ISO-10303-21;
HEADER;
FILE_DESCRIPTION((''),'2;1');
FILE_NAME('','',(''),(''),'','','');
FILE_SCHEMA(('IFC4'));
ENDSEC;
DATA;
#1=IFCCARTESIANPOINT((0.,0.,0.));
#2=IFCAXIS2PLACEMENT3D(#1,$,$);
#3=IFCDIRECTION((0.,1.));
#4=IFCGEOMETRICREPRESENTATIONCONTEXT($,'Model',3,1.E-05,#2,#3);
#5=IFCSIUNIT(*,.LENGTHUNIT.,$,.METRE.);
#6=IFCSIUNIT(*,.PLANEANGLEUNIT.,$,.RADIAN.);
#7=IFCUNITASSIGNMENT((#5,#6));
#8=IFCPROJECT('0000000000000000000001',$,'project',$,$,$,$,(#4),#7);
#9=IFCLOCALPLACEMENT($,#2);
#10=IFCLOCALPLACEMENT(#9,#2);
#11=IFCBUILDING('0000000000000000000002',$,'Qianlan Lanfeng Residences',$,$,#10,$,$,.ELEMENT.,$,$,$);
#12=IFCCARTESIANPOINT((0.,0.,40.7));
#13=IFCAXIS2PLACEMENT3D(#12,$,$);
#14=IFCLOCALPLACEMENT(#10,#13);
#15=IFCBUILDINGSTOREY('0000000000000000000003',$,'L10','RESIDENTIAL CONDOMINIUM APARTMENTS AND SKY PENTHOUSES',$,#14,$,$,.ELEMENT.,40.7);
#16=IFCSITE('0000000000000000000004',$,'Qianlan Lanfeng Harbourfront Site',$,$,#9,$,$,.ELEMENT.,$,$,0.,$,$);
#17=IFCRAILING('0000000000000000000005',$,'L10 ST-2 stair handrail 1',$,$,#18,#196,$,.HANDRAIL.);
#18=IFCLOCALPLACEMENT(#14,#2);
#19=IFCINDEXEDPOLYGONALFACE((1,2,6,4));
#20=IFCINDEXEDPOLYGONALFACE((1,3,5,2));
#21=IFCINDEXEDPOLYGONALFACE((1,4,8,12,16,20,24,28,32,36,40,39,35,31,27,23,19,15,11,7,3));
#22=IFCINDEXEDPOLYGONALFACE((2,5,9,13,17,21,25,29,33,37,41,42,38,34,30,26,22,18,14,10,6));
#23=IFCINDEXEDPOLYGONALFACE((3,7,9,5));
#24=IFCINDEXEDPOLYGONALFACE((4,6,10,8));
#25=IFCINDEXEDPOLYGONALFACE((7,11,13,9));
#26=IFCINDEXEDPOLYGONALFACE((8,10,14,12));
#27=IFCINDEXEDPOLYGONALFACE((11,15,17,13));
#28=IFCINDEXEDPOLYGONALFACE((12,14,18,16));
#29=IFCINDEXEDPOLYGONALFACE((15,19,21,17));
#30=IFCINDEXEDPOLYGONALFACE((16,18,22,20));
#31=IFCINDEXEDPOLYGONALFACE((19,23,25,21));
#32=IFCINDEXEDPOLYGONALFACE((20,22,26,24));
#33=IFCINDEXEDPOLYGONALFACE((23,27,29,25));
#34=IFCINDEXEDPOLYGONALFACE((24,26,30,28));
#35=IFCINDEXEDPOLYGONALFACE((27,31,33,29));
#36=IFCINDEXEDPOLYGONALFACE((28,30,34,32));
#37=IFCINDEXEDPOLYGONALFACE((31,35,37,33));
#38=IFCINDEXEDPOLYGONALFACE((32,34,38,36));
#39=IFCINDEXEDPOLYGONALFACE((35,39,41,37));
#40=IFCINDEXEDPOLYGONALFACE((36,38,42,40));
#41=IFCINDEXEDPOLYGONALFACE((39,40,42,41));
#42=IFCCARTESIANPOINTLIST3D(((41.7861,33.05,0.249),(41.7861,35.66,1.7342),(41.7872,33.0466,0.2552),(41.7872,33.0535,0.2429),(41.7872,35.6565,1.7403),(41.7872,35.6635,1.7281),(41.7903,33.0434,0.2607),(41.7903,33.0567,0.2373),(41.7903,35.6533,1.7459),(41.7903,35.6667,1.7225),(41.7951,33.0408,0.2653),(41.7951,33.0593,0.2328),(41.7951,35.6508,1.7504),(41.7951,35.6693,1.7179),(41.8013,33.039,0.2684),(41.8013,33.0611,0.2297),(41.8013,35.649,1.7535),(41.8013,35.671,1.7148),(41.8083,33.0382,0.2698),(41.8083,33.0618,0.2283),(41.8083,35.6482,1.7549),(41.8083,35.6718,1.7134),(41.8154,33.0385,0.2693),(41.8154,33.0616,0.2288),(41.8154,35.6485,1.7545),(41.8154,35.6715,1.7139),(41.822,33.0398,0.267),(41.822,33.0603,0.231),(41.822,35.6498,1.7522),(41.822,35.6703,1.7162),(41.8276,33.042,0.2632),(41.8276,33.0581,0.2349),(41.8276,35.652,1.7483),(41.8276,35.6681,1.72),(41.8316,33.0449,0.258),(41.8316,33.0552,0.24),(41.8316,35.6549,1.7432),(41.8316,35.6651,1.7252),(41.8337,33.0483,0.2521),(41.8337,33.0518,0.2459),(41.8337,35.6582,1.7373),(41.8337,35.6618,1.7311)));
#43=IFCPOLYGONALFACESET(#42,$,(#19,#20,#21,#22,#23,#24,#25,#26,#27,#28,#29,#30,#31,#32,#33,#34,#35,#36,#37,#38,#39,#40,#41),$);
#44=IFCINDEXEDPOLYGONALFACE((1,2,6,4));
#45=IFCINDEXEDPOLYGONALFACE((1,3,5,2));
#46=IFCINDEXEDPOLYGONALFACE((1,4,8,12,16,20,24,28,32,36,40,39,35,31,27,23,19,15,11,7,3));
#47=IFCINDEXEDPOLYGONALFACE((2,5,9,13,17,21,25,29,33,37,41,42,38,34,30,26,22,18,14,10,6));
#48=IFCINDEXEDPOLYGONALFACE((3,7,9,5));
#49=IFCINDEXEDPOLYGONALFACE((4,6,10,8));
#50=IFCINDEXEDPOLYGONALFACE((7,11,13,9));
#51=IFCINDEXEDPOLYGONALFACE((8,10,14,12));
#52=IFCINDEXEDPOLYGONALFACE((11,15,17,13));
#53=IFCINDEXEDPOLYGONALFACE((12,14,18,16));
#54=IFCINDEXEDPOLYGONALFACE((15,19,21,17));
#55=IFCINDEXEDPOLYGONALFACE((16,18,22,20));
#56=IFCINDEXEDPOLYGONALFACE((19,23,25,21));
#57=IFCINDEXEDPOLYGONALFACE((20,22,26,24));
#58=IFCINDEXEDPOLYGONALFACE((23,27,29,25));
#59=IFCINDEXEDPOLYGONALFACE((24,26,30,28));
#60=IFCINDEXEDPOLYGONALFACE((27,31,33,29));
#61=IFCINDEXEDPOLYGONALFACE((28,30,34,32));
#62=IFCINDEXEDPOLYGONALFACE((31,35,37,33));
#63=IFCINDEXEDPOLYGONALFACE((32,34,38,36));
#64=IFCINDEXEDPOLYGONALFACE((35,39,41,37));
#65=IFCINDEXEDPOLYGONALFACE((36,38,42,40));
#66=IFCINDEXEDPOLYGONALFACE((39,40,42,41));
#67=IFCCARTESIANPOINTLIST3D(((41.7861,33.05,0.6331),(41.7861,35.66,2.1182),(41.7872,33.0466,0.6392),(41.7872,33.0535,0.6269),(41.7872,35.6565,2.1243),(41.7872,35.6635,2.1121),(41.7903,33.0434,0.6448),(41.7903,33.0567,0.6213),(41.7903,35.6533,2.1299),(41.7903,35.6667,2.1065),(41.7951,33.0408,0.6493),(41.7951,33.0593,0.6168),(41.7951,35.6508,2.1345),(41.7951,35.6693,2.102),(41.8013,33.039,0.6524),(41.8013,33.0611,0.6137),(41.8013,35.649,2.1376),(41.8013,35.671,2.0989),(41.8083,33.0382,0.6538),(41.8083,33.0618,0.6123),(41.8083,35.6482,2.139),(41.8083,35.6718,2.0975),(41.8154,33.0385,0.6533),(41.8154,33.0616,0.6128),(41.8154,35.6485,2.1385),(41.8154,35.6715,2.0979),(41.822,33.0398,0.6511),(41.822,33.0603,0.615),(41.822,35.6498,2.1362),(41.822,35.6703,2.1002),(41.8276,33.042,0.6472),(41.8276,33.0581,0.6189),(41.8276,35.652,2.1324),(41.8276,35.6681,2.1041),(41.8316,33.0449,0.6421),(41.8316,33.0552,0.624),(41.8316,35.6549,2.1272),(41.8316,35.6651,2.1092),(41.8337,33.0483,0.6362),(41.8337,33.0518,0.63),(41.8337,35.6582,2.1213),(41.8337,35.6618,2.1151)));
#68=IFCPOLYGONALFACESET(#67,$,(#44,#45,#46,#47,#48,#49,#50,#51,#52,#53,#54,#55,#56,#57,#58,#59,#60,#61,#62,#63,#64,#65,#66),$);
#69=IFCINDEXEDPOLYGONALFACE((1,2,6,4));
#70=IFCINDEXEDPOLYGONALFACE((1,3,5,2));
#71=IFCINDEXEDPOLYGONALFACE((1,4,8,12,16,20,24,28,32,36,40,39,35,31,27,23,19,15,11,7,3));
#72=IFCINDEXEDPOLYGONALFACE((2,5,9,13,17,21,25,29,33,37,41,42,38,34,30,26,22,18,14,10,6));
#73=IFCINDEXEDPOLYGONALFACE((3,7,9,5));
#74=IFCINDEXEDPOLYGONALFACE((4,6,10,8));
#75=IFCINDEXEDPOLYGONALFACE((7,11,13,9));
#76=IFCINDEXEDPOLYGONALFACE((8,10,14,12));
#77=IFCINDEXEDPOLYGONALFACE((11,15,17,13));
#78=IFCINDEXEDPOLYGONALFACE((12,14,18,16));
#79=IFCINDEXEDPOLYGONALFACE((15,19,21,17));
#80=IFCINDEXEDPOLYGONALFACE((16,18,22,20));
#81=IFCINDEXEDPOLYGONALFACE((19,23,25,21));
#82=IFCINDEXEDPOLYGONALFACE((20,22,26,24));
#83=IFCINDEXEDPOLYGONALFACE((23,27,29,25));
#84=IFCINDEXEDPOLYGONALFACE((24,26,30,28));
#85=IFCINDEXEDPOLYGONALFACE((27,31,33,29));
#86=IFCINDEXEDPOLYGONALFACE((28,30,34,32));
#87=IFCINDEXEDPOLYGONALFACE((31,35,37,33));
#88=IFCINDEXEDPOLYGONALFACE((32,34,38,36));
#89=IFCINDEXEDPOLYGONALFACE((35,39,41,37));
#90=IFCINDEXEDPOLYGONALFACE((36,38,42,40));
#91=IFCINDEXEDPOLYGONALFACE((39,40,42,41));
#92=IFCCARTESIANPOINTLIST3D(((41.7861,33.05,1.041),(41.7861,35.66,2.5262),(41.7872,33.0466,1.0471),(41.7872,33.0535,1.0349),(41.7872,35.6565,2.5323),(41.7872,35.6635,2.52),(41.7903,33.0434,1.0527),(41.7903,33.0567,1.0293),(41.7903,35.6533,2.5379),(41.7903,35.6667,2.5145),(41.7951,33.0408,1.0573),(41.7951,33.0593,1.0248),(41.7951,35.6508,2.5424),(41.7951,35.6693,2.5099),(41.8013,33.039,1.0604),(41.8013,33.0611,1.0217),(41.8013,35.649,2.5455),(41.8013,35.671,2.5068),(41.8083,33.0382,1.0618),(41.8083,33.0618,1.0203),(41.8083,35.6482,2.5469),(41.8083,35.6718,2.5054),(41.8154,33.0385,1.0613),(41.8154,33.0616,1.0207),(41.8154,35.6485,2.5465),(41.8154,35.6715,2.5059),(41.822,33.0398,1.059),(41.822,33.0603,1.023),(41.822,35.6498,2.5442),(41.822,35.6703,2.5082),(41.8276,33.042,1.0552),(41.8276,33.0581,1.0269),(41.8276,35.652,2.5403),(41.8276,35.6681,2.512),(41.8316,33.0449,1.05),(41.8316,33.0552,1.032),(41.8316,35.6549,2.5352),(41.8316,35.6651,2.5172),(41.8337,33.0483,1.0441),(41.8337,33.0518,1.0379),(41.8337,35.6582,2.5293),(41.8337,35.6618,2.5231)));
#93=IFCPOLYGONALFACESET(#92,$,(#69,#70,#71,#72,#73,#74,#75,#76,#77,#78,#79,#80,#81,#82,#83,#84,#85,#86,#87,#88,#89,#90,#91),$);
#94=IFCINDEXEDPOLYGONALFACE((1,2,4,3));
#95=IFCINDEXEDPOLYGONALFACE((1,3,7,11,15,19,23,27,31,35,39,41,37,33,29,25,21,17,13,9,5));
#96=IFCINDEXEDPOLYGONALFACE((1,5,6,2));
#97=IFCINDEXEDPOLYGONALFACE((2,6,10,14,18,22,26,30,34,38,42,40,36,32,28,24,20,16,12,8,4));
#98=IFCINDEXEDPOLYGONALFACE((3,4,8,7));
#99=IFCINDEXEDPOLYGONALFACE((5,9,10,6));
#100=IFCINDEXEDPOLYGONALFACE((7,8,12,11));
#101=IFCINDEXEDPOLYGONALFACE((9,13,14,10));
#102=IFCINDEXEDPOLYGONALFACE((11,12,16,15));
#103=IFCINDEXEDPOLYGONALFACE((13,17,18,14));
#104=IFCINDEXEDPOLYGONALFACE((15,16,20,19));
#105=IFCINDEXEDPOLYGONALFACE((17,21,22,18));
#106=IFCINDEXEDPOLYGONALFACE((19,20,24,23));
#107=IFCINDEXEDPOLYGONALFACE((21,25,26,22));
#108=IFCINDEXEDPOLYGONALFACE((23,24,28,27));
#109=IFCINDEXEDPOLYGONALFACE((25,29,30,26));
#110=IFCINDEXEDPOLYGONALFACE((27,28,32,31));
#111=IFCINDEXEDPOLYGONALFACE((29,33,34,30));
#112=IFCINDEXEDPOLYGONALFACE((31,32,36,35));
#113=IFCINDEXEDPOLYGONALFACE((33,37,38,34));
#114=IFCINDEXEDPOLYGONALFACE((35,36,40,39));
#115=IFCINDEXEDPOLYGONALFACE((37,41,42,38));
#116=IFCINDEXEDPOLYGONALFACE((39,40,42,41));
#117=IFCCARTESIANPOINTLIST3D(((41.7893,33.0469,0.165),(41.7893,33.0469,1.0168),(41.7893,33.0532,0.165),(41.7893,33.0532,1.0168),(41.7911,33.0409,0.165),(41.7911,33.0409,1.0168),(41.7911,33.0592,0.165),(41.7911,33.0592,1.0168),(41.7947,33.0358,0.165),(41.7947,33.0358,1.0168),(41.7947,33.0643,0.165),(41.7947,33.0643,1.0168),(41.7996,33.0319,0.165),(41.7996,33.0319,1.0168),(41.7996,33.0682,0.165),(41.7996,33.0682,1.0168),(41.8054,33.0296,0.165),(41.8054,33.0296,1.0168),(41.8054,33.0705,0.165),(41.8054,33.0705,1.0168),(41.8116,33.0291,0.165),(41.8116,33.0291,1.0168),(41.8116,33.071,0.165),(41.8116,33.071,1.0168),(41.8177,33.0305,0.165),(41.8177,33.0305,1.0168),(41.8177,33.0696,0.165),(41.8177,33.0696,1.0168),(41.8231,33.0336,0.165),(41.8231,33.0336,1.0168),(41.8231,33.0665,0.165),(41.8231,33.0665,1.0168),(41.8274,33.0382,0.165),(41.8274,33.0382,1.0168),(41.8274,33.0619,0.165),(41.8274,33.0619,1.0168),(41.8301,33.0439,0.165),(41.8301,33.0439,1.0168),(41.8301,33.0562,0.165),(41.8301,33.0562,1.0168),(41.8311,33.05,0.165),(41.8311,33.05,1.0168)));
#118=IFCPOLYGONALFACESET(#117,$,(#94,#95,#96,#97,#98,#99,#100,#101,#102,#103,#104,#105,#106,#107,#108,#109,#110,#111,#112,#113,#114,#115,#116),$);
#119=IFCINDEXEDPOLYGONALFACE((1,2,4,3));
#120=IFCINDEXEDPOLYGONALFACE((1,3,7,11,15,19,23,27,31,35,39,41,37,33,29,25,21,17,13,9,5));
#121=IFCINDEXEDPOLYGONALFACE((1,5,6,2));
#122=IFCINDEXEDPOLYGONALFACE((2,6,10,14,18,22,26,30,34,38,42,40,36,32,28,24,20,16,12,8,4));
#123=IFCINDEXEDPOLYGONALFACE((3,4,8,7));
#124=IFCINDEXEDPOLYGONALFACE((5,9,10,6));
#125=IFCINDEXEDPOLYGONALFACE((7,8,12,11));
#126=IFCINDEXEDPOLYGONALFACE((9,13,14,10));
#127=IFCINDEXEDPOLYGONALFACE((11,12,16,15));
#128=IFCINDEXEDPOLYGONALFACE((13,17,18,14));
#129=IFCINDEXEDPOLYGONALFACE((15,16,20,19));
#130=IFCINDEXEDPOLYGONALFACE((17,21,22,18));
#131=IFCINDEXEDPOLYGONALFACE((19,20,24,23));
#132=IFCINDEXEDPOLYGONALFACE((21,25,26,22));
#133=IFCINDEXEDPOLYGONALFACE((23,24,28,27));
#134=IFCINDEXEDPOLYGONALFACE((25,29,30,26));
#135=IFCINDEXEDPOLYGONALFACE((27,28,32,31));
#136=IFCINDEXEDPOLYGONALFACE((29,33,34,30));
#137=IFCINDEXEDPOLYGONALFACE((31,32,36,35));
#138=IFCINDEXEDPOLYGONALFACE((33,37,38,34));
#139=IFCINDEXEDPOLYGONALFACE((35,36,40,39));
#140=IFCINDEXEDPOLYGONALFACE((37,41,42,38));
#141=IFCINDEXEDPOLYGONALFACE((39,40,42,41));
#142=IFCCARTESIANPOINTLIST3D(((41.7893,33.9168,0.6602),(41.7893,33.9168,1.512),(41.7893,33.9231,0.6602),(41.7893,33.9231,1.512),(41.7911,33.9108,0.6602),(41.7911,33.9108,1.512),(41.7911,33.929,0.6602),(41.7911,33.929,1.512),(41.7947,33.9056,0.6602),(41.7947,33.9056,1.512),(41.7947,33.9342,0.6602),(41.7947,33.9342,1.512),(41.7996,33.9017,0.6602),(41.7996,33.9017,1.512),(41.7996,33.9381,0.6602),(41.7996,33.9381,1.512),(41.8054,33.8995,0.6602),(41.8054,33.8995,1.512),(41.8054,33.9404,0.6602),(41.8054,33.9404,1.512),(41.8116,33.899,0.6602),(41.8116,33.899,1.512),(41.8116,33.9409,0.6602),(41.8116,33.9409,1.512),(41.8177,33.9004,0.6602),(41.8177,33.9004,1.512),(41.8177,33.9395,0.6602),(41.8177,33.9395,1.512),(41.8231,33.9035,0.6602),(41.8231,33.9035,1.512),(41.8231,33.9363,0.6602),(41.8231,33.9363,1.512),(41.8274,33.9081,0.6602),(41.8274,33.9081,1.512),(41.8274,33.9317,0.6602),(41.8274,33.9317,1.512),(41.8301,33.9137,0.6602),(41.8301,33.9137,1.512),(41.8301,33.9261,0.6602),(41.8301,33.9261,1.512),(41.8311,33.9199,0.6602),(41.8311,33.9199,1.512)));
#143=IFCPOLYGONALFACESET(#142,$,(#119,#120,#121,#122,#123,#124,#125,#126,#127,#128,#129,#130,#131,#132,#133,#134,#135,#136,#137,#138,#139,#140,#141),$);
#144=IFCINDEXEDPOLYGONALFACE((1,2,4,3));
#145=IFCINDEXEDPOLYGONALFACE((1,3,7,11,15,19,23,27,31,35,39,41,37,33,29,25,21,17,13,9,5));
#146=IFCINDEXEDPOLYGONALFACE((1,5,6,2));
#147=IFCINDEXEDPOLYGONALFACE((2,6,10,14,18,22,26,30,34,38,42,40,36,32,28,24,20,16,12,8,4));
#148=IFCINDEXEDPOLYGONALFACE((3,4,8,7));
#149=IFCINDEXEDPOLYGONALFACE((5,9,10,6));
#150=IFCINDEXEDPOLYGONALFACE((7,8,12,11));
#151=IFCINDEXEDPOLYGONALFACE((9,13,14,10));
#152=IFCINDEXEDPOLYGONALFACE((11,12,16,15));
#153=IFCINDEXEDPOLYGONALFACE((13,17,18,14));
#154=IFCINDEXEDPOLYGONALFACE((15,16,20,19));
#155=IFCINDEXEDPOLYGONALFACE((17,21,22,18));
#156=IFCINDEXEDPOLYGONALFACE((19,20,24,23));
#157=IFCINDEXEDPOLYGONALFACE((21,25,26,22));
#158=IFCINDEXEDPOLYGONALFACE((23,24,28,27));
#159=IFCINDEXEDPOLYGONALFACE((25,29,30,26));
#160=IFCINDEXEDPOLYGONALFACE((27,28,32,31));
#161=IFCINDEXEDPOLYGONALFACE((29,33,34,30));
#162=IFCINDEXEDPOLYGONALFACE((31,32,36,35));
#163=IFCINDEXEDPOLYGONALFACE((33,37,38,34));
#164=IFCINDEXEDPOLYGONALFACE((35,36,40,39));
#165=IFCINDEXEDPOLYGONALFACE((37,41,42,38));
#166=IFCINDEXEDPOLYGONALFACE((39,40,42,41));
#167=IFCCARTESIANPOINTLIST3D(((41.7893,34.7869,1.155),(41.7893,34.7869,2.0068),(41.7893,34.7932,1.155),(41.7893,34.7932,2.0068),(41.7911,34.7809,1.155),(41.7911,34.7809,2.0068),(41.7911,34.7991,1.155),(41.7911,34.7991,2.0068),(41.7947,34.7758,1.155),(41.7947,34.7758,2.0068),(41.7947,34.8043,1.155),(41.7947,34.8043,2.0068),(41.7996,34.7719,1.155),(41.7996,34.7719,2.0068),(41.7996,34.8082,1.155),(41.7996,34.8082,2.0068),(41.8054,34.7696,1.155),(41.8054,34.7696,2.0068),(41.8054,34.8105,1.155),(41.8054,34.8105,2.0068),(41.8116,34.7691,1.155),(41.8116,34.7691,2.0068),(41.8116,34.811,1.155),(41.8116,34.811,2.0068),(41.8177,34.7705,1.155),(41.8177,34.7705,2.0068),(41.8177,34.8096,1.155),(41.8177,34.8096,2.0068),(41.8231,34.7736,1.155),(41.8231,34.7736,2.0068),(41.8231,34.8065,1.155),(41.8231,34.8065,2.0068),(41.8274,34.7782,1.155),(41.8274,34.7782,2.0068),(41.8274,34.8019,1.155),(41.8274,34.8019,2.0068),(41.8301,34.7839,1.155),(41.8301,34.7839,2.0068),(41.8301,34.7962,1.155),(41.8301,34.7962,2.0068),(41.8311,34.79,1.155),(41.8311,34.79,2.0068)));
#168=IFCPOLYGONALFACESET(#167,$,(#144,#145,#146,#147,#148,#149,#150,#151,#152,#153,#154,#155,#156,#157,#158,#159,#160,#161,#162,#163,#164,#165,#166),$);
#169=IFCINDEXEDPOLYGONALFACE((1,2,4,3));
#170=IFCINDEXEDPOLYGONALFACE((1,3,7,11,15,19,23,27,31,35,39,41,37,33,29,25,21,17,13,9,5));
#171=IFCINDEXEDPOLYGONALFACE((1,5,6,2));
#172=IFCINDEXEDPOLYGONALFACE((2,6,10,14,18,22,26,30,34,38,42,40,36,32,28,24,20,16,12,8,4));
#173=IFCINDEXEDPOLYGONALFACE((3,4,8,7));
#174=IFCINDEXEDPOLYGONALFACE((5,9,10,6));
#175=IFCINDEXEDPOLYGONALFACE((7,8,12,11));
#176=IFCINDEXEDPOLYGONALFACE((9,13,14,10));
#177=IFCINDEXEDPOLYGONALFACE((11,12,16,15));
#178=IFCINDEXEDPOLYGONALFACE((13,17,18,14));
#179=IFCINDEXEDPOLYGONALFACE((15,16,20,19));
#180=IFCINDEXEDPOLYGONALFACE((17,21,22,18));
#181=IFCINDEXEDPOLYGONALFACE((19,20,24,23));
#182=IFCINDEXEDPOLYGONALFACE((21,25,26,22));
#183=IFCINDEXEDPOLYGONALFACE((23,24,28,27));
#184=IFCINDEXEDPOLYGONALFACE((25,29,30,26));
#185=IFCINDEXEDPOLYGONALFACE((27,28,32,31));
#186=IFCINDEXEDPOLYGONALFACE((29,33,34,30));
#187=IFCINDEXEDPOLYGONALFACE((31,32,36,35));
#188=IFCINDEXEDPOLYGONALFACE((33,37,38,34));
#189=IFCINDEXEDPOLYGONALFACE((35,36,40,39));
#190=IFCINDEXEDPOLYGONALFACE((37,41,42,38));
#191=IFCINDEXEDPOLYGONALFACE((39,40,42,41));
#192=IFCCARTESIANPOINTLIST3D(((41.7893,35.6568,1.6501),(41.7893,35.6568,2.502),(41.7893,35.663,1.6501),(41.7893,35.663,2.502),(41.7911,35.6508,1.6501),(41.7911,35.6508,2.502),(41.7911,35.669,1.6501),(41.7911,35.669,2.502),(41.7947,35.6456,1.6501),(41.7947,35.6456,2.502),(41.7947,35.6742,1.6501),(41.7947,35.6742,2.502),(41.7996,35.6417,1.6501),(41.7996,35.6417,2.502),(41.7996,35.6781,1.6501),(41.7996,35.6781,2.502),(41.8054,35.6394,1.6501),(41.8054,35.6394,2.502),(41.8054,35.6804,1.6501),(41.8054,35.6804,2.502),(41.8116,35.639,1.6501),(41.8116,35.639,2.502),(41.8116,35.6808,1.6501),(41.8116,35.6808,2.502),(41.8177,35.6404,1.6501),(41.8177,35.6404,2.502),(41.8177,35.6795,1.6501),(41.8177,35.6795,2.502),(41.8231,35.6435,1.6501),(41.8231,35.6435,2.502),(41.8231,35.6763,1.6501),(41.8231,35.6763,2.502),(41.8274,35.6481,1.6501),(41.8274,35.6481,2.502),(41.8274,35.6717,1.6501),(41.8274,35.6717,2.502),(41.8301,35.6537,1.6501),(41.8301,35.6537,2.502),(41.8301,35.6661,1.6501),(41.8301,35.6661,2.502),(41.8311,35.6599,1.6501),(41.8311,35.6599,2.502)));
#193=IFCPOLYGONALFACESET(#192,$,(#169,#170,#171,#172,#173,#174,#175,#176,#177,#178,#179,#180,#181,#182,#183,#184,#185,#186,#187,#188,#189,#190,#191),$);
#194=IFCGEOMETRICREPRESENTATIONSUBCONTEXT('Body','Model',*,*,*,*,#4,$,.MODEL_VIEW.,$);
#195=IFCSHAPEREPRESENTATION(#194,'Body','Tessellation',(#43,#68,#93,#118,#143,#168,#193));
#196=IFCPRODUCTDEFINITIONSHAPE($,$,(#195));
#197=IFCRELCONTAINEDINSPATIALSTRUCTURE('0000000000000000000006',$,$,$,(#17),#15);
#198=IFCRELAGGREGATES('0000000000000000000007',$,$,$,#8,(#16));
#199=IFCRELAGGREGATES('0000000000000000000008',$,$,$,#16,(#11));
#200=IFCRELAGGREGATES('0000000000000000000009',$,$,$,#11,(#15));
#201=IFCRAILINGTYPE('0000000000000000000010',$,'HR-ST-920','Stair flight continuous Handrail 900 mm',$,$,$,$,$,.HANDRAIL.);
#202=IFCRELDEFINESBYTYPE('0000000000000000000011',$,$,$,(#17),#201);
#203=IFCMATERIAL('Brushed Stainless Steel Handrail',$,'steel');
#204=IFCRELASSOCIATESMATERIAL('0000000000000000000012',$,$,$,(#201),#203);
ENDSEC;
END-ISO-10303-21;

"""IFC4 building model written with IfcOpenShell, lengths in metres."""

from ifc_helpers import new_model, si_unit, direction, frame, origin, origin_2d, place, context, subcontext, project, spatial, circle, extrude, material, type_object, element, save


model = new_model("IFC4")

# Units and contexts
model_context = context("Model", 3, precision=1e-05, world=origin(), true_north=direction((0.0, 1.0)))
body_context = subcontext(model_context, "Body", "Model", "MODEL_VIEW")
ifc_project = project(units=[si_unit("LENGTHUNIT", "METRE"), si_unit("PLANEANGLEUNIT", "RADIAN")], contexts=[model_context])

# Site, building, storey
site_placement = place(None, origin())
site = spatial("IfcSite", under=ifc_project, at=site_placement, Name="Qianlan Lanfeng Harbourfront Site", CompositionType="ELEMENT", RefElevation=0.0)
building_placement = place(site_placement, origin())
building = spatial("IfcBuilding", under=site, at=building_placement, Name="Qianlan Lanfeng Residences", CompositionType="ELEMENT")
storey_placement = place(building_placement, frame((0.0, 0.0, 40.7)))
storey = spatial("IfcBuildingStorey", under=building, at=storey_placement, Name="L10", Description="RESIDENTIAL CONDOMINIUM APARTMENTS AND SKY PENTHOUSES", CompositionType="ELEMENT", Elevation=40.7)

# Railing
ifc_material_1 = material(Name="Brushed Stainless Steel Handrail", Category="steel")
railing_type_1 = type_object("IfcRailingType", Name="HR-ST-920", Description="Stair flight continuous Handrail 900 mm", PredefinedType="HANDRAIL", material=ifc_material_1)
railing_1_placement = place(storey_placement, frame((41.8101, 33.05, 0.165)))
element("IfcRailing", 1, at=railing_1_placement, inside=storey, type_object=railing_type_1, Name="L10 ST-2 stair handrail 1", PredefinedType="HANDRAIL", context=body_context, shape_type="SweptSolid", body=[
    extrude(circle(Radius=0.0239, at=origin_2d()), frame((0.0, 0.0, 0.084), z_axis=(0.0, 0.869137, 0.494571), x_axis=(-1.0, 0.0, 0.0)), (0.0, 0.0, 1.0), 3.0029),
    extrude(circle(Radius=0.0239, at=origin_2d()), frame((0.0, 0.0, 0.468), z_axis=(0.0, 0.869137, 0.494571), x_axis=(-1.0, 0.0, 0.0)), (0.0, 0.0, 1.0), 3.0029),
    extrude(circle(Radius=0.0239, at=origin_2d()), frame((0.0, 0.0, 0.876), z_axis=(0.0, 0.869137, 0.494571), x_axis=(-1.0, 0.0, 0.0)), (0.0, 0.0, 1.0), 3.0029),
    extrude(circle(Radius=0.021, at=origin_2d()), origin(), (0.0, 0.0, 1.0), 0.8518),
    extrude(circle(Radius=0.021, at=origin_2d()), frame((0.0, 0.8699, 0.4951)), (0.0, 0.0, 1.0), 0.8518),
    extrude(circle(Radius=0.021, at=origin_2d()), frame((0.0, 1.74, 0.99)), (0.0, 0.0, 1.0), 0.8518),
    extrude(circle(Radius=0.021, at=origin_2d()), frame((0.0, 2.6099, 1.4851)), (0.0, 0.0, 1.0), 0.8518),
])

save(model, "model.ifc")
